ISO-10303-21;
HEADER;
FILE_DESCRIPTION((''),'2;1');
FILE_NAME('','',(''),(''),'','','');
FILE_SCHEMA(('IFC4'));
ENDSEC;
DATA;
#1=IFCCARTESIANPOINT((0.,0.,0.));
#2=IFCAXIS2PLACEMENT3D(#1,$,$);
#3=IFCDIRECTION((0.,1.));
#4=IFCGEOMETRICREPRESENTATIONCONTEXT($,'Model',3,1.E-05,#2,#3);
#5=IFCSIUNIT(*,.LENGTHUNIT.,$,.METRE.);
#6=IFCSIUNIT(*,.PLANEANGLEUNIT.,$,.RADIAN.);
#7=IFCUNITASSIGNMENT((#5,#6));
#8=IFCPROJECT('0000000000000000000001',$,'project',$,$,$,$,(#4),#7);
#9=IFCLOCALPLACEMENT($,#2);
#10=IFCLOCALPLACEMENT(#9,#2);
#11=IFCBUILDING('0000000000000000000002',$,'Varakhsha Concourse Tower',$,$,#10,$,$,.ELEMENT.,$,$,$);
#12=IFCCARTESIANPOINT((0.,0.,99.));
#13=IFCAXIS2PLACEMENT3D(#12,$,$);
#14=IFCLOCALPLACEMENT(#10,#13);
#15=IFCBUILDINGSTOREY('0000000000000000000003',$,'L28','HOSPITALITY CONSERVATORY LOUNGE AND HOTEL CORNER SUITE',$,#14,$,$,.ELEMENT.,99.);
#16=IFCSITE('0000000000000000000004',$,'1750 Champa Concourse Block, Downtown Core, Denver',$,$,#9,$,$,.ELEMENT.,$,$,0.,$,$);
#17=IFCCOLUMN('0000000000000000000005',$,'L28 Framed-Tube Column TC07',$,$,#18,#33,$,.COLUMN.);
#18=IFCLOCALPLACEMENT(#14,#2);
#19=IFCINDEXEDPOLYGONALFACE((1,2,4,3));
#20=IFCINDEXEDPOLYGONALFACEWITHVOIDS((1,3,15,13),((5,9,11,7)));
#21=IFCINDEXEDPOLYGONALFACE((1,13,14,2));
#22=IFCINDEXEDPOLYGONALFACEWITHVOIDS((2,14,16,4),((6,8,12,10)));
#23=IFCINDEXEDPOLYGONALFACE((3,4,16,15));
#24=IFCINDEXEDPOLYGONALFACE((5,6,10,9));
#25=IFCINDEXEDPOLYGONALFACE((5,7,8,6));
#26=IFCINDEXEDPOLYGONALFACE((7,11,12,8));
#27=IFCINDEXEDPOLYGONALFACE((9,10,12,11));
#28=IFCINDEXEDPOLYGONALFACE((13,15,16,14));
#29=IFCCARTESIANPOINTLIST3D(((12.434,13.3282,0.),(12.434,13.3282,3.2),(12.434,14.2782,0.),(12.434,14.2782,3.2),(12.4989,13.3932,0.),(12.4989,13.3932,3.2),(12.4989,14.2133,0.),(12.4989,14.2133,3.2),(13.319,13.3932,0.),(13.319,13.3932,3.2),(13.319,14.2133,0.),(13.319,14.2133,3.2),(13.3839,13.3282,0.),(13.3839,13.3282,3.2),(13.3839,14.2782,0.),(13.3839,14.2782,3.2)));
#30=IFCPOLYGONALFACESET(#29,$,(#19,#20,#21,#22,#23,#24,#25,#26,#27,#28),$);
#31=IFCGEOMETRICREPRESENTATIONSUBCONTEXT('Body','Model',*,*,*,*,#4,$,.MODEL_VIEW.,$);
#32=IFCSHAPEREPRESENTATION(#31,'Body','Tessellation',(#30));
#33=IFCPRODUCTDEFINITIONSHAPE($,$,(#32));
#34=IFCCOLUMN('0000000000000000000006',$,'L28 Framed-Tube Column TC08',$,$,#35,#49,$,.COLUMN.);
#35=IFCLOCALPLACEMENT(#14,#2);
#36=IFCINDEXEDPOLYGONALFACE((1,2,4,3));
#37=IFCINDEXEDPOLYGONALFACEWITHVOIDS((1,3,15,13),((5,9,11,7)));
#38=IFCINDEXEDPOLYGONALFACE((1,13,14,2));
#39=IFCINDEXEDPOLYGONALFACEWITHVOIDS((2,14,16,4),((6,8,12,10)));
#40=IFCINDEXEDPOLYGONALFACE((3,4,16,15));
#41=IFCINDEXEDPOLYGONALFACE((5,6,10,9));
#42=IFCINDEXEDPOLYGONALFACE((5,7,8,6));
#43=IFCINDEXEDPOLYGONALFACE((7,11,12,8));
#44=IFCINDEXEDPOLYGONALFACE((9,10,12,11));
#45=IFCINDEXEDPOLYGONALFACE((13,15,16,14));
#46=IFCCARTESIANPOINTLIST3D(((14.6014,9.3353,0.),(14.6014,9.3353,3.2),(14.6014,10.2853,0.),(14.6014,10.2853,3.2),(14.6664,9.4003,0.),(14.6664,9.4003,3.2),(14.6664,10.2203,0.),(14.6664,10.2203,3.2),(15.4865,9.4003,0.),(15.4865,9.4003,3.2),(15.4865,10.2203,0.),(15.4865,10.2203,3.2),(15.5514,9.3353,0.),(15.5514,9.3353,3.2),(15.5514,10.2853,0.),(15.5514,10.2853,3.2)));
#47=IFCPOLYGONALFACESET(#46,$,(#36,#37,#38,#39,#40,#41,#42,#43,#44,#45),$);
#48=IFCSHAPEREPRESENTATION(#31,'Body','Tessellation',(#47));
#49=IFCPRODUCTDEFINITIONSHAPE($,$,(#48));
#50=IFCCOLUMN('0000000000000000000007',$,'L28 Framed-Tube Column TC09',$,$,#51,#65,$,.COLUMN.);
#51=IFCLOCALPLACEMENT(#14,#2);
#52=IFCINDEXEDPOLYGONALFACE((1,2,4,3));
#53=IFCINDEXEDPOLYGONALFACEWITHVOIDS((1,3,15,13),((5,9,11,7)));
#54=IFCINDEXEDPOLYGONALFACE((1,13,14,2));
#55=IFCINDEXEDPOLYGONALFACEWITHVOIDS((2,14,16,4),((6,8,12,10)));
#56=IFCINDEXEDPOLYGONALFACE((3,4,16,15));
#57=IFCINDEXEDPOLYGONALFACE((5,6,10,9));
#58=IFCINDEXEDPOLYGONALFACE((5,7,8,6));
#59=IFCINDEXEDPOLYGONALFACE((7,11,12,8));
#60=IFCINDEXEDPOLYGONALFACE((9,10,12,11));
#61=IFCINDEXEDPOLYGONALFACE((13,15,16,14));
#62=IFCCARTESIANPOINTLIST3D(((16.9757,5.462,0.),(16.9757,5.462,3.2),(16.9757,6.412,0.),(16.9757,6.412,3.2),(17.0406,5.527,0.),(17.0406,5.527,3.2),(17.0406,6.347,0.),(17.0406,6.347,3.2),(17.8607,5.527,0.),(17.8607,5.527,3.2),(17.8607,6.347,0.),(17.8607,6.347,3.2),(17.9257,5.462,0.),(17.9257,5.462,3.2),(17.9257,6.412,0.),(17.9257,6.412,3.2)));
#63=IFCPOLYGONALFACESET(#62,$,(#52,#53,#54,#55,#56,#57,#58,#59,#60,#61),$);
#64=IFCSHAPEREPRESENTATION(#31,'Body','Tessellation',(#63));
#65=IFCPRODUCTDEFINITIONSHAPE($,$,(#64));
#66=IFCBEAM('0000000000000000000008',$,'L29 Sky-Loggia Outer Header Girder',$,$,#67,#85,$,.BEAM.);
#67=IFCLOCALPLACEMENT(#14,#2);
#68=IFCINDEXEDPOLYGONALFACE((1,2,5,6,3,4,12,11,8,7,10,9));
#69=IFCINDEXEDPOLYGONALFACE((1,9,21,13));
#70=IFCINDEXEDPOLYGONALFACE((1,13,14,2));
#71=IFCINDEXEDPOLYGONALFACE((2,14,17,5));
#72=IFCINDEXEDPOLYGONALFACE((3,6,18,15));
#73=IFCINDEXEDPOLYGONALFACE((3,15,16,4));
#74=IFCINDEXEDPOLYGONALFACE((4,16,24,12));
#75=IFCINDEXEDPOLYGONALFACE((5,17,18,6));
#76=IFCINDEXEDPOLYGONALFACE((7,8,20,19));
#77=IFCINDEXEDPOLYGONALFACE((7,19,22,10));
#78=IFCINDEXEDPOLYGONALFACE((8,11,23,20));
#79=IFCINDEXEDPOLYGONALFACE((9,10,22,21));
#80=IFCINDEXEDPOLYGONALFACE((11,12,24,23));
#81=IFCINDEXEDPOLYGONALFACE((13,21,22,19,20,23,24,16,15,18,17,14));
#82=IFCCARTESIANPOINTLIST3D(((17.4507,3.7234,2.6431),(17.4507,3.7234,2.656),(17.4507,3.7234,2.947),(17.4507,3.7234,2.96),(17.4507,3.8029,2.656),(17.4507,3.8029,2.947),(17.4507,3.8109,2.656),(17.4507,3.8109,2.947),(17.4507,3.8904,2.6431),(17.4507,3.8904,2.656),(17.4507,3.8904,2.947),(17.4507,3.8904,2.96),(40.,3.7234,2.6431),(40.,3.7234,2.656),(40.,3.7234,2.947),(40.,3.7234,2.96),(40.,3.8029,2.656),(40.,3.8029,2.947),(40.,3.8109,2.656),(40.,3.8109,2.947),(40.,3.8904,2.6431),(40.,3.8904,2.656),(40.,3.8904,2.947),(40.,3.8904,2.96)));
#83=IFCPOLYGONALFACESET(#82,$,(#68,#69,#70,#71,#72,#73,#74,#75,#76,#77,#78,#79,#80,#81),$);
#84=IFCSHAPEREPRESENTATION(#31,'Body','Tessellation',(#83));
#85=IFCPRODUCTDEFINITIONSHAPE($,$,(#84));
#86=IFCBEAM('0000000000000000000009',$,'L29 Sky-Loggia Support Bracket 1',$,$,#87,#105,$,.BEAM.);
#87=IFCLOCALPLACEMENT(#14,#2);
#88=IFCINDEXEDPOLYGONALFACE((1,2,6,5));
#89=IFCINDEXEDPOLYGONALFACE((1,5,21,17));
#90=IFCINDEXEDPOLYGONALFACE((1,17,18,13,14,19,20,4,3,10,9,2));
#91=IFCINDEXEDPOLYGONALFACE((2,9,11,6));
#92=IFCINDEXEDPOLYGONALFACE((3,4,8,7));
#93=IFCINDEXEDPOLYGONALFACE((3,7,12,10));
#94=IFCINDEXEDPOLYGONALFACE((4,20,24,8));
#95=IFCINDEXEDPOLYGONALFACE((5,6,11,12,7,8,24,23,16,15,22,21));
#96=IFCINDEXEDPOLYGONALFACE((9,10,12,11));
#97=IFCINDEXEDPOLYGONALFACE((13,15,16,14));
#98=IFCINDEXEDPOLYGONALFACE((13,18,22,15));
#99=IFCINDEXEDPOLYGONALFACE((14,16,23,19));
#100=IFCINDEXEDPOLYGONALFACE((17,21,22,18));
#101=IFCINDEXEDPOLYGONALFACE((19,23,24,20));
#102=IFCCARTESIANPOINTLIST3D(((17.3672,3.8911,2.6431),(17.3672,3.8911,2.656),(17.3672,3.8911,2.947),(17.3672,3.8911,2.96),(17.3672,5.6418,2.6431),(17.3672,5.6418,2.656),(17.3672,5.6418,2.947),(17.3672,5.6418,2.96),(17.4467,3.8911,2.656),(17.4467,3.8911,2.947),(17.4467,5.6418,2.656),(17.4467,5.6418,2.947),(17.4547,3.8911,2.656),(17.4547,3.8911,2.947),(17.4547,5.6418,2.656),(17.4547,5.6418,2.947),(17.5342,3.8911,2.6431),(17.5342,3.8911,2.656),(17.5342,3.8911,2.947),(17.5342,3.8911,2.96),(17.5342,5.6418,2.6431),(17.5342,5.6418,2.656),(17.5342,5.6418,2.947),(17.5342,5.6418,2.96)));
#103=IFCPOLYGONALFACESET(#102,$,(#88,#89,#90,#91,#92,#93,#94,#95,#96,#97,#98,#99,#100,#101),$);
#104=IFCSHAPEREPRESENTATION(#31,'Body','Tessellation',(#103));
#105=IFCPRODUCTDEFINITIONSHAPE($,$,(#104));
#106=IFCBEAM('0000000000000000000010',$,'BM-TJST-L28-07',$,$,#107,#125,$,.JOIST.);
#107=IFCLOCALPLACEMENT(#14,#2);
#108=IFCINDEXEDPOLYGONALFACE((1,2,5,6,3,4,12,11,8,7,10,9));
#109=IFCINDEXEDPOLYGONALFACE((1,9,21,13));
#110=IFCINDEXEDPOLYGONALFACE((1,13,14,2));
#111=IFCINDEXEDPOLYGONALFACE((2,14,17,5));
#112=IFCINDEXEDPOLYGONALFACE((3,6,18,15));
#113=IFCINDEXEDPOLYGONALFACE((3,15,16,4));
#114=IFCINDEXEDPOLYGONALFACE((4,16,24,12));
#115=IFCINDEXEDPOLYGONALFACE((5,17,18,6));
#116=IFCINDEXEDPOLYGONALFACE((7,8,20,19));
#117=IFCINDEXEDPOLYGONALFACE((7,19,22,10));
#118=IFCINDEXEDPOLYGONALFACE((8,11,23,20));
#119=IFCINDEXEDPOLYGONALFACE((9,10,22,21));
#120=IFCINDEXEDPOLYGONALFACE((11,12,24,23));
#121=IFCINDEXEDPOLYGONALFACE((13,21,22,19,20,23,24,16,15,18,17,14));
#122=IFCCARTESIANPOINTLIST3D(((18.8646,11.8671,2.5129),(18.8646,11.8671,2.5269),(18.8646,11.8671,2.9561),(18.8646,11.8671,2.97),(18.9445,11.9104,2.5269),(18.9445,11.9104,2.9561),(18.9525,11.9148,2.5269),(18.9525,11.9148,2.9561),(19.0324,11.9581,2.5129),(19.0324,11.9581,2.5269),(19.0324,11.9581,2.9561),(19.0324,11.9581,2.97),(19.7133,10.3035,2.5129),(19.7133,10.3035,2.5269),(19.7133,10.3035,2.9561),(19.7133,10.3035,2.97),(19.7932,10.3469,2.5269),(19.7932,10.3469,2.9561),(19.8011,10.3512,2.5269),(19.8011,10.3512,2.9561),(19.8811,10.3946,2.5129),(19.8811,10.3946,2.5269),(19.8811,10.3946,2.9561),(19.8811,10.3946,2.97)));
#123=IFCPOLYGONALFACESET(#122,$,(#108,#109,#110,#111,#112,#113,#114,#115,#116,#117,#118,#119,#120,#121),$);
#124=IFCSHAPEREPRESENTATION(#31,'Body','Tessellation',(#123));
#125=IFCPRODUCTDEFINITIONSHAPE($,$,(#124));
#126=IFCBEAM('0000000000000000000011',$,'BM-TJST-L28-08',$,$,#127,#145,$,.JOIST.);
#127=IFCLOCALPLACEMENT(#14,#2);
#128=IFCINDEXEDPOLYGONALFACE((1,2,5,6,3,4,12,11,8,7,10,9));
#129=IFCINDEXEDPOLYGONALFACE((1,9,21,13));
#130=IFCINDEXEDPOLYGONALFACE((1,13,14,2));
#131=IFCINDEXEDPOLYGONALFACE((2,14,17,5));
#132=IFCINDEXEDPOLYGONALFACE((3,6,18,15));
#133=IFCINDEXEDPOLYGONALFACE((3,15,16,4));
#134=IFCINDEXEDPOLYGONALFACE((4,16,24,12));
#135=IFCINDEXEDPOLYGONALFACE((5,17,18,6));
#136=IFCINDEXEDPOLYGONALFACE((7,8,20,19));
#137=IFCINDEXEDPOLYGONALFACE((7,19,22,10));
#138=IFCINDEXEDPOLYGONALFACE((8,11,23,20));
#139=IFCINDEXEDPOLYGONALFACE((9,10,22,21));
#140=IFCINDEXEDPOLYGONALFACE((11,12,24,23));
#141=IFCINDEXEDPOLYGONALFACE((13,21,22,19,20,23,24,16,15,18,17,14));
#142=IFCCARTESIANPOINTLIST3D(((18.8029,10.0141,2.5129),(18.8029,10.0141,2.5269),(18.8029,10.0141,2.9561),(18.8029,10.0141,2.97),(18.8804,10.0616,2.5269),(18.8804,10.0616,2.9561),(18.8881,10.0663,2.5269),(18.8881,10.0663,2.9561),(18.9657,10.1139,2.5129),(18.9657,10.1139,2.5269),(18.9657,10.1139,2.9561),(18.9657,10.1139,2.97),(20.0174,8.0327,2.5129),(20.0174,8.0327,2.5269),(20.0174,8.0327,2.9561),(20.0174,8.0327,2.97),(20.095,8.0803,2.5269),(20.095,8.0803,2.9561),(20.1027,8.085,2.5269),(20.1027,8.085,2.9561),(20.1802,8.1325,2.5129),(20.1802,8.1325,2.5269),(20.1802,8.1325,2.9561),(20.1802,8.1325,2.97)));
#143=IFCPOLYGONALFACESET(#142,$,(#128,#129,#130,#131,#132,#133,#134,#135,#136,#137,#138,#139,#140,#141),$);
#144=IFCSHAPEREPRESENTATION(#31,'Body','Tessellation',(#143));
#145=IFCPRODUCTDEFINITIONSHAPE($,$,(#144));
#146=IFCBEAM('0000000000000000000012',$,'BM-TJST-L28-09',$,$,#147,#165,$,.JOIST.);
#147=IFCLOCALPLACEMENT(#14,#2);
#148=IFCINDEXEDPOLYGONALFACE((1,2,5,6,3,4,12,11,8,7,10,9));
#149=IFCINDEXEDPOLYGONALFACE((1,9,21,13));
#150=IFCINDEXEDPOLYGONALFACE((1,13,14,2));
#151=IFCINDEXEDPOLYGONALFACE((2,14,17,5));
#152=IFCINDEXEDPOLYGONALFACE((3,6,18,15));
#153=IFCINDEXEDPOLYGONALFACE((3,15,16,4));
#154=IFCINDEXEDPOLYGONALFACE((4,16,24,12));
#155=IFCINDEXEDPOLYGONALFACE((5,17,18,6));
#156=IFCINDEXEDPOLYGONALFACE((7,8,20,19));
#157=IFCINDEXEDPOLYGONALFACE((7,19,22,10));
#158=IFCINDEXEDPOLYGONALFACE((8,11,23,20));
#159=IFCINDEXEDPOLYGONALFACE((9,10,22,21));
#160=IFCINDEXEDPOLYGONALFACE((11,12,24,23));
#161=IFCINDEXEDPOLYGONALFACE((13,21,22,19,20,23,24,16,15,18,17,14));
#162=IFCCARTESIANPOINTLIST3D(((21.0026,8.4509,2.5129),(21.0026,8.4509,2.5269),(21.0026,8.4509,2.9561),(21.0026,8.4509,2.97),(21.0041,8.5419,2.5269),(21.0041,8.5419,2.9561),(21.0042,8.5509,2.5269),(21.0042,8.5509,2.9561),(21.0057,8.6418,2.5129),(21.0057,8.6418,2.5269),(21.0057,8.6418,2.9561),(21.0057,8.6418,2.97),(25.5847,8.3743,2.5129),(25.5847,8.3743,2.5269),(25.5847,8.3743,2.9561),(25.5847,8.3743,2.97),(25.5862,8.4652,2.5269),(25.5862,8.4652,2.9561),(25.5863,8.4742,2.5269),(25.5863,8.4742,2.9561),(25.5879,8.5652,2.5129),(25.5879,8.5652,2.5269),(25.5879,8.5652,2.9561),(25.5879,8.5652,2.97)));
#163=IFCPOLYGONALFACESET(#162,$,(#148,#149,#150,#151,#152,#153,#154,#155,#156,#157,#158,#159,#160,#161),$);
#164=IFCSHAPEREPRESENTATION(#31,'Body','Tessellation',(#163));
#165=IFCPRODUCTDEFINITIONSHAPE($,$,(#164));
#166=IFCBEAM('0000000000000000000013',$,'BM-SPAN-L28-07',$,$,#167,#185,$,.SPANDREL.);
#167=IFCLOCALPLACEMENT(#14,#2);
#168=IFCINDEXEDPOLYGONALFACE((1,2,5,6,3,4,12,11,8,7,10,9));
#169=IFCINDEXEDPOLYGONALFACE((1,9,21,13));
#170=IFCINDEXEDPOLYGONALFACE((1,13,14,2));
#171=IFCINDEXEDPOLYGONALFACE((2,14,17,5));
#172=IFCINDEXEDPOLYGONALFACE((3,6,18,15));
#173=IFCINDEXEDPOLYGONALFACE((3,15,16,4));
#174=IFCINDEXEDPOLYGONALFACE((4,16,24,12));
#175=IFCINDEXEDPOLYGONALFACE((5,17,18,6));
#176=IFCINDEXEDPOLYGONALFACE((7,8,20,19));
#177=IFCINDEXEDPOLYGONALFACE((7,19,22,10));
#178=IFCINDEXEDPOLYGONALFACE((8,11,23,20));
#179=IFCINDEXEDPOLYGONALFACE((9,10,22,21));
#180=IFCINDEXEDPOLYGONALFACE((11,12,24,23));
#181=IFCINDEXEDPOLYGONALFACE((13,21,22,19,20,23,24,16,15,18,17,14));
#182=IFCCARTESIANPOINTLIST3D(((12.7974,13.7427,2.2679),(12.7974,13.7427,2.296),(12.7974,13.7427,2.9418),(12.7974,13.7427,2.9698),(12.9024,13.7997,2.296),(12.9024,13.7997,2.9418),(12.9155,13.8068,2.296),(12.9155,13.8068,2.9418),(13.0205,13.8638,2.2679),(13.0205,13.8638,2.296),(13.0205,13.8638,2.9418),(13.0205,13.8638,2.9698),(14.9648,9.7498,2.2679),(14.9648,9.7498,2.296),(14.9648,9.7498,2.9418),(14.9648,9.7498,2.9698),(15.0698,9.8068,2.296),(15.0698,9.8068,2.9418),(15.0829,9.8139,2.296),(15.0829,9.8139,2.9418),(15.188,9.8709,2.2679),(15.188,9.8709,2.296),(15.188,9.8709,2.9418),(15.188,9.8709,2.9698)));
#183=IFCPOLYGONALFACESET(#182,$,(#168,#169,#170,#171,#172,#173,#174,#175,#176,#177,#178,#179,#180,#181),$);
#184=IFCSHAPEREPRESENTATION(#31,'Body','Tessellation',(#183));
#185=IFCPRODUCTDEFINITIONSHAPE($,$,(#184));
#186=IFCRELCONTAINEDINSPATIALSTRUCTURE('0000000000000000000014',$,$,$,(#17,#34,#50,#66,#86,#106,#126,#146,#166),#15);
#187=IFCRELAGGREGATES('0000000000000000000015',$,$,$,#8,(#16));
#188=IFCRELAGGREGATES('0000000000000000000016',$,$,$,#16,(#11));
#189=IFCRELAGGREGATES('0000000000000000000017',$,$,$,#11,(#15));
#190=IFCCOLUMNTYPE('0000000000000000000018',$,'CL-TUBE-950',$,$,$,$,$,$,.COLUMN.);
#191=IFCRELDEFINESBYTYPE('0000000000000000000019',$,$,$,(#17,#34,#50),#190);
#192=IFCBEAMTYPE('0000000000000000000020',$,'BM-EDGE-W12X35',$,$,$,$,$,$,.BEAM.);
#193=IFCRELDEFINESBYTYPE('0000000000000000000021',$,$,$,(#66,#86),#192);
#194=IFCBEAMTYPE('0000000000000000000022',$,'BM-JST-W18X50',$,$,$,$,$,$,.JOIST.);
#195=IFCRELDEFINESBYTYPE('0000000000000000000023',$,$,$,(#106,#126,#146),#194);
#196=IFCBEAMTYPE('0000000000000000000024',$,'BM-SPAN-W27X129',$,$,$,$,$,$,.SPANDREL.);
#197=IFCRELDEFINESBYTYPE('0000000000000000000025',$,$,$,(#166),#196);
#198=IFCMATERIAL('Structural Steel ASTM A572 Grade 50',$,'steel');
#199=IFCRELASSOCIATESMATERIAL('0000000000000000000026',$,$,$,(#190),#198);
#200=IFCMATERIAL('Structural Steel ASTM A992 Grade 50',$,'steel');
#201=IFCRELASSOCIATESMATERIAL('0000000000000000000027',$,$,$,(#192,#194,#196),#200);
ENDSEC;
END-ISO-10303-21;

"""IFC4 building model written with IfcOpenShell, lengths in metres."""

from ifc_helpers import new_model, si_unit, direction, frame, origin, origin_2d, place, context, subcontext, project, spatial, hollow_rectangle, i_section, extrude, material, material_profile, profile_set, type_object, element, save


model = new_model("IFC4")

# Units and contexts
model_context = context("Model", 3, precision=1e-05, world=origin(), true_north=direction((0.0, 1.0)))
body_context = subcontext(model_context, "Body", "Model", "MODEL_VIEW")
ifc_project = project(units=[si_unit("LENGTHUNIT", "METRE"), si_unit("PLANEANGLEUNIT", "RADIAN")], contexts=[model_context])

# Site, building, storey
site_placement = place(None, origin())
site = spatial("IfcSite", under=ifc_project, at=site_placement, Name="1750 Champa Concourse Block, Downtown Core, Denver", CompositionType="ELEMENT", RefElevation=0.0)
building_placement = place(site_placement, origin())
building = spatial("IfcBuilding", under=site, at=building_placement, Name="Varakhsha Concourse Tower", CompositionType="ELEMENT")
storey_placement = place(building_placement, frame((0.0, 0.0, 99.0)))
storey = spatial("IfcBuildingStorey", under=building, at=storey_placement, Name="L28", Description="HOSPITALITY CONSERVATORY LOUNGE AND HOTEL CORNER SUITE", CompositionType="ELEMENT", Elevation=99.0)

# Columns
ifc_material_1 = material(Name="Structural Steel ASTM A572 Grade 50", Category="steel")
ifc_material_profile_1 = material_profile(ifc_material_1, hollow_rectangle(XDim=0.95, YDim=0.95, WallThickness=0.0649, at=origin_2d()), Name="BOX 950x950x65")
ifc_profile_set_1 = profile_set([ifc_material_profile_1], Name="Structural Steel ASTM A572 Grade 50")
column_type = type_object("IfcColumnType", Name="CL-TUBE-950", PredefinedType="COLUMN", material=ifc_profile_set_1)
for number, where, z_axis, x_axis, name in (
    (1, (12.9089, 13.8032, 0.0), (0.0, 0.0, 1.0), (1.0, 0.0, 0.0), "L28 Framed-Tube Column TC07"),
    (2, (15.0764, 9.8103, 0.0), (0.0, 0.0, 1.0), (1.0, 0.0, 0.0), "L28 Framed-Tube Column TC08"),
    (3, (17.4507, 5.937, 0.0), (0.0, 0.0, 1.0), (1.0, 0.0, 0.0), "L28 Framed-Tube Column TC09"),
):
    element("IfcColumn", number, at=place(storey_placement, frame(where, z_axis=z_axis, x_axis=x_axis)), inside=storey, type_object=column_type, Name=name, PredefinedType="COLUMN", context=body_context, shape_type="SweptSolid", body=[
        extrude(hollow_rectangle(XDim=0.95, YDim=0.95, WallThickness=0.0649, at=origin_2d()), origin(), (0.0, 0.0, 1.0), 3.2),
    ])

# Beams
ifc_material_2 = material(Name="Structural Steel ASTM A992 Grade 50", Category="steel")
ifc_material_profile_2 = material_profile(ifc_material_2, i_section(OverallWidth=0.167, OverallDepth=0.3169, WebThickness=0.0081, FlangeThickness=0.0129, at=origin_2d()), Name="W12X35")
ifc_profile_set_2 = profile_set([ifc_material_profile_2], Name="Structural Steel ASTM A992 Grade 50")
beam_type_1 = type_object("IfcBeamType", Name="BM-EDGE-W12X35", PredefinedType="BEAM", material=ifc_profile_set_2)
beam_1_placement = place(storey_placement, frame((17.4507, 3.8069, 2.8015), z_axis=(1.0, 0.0, 0.0), x_axis=(0.0, 1.0, 0.0)))
element("IfcBeam", 4, at=beam_1_placement, inside=storey, type_object=beam_type_1, Name="L29 Sky-Loggia Outer Header Girder", PredefinedType="BEAM", context=body_context, shape_type="SweptSolid", body=[
    extrude(i_section(OverallWidth=0.167, OverallDepth=0.3169, WebThickness=0.0081, FlangeThickness=0.0129, at=origin_2d()), origin(), (0.0, 0.0, 1.0), 22.5493),
])
beam_2_placement = place(storey_placement, frame((17.4507, 5.6418, 2.8015), z_axis=(0.0, -1.0, 0.0), x_axis=(1.0, 0.0, 0.0)))
element("IfcBeam", 5, at=beam_2_placement, inside=storey, type_object=beam_type_1, Name="L29 Sky-Loggia Support Bracket 1", PredefinedType="BEAM", context=body_context, shape_type="SweptSolid", body=[
    extrude(i_section(OverallWidth=0.167, OverallDepth=0.3169, WebThickness=0.0081, FlangeThickness=0.0129, at=origin_2d()), origin(), (0.0, 0.0, 1.0), 1.7507),
])
ifc_material_profile_3 = material_profile(ifc_material_2, i_section(OverallWidth=0.1909, OverallDepth=0.457, WebThickness=0.009, FlangeThickness=0.0139, at=origin_2d()), Name="W18X50")
ifc_profile_set_3 = profile_set([ifc_material_profile_3], Name="Structural Steel ASTM A992 Grade 50")
beam_type_2 = type_object("IfcBeamType", Name="BM-JST-W18X50", PredefinedType="JOIST", material=ifc_profile_set_3)
beam_3_placement = place(storey_placement, frame((18.9485, 11.9126, 2.7415), z_axis=(0.477043, -0.87888, 0.0), x_axis=(0.87888, 0.477043, 0.0)))
element("IfcBeam", 6, at=beam_3_placement, inside=storey, type_object=beam_type_2, Name="BM-TJST-L28-07", PredefinedType="JOIST", context=body_context, shape_type="SweptSolid", body=[
    extrude(i_section(OverallWidth=0.1909, OverallDepth=0.457, WebThickness=0.009, FlangeThickness=0.0139, at=origin_2d()), origin(), (0.0, 0.0, 1.0), 1.7791),
])
beam_4_placement = place(storey_placement, frame((18.8843, 10.064, 2.7415), z_axis=(0.522614, -0.85257, 0.0), x_axis=(0.85257, 0.522614, 0.0)))
element("IfcBeam", 7, at=beam_4_placement, inside=storey, type_object=beam_type_2, Name="BM-TJST-L28-08", PredefinedType="JOIST", context=body_context, shape_type="SweptSolid", body=[
    extrude(i_section(OverallWidth=0.1909, OverallDepth=0.457, WebThickness=0.009, FlangeThickness=0.0139, at=origin_2d()), origin(), (0.0, 0.0, 1.0), 2.324),
])
beam_5_placement = place(storey_placement, frame((21.0042, 8.5464, 2.7415), z_axis=(0.99986, -0.016728, 0.0), x_axis=(0.016728, 0.99986, 0.0)))
element("IfcBeam", 8, at=beam_5_placement, inside=storey, type_object=beam_type_2, Name="BM-TJST-L28-09", PredefinedType="JOIST", context=body_context, shape_type="SweptSolid", body=[
    extrude(i_section(OverallWidth=0.1909, OverallDepth=0.457, WebThickness=0.009, FlangeThickness=0.0139, at=origin_2d()), origin(), (0.0, 0.0, 1.0), 4.5828),
])
ifc_material_profile_4 = material_profile(ifc_material_2, i_section(OverallWidth=0.2539, OverallDepth=0.7019, WebThickness=0.0149, FlangeThickness=0.0281, at=origin_2d()), Name="W27X129")
ifc_profile_set_4 = profile_set([ifc_material_profile_4], Name="Structural Steel ASTM A992 Grade 50")
beam_type_3 = type_object("IfcBeamType", Name="BM-SPAN-W27X129", PredefinedType="SPANDREL", material=ifc_profile_set_4)
beam_6_placement = place(storey_placement, frame((12.9089, 13.8032, 2.6189), z_axis=(0.477074, -0.878863, 0.0), x_axis=(0.878863, 0.477074, 0.0)))
element("IfcBeam", 9, at=beam_6_placement, inside=storey, type_object=beam_type_3, Name="BM-SPAN-L28-07", PredefinedType="SPANDREL", context=body_context, shape_type="SweptSolid", body=[
    extrude(i_section(OverallWidth=0.2539, OverallDepth=0.7019, WebThickness=0.0149, FlangeThickness=0.0281, at=origin_2d()), origin(), (0.0, 0.0, 1.0), 4.5432),
])

save(model, "model.ifc")
